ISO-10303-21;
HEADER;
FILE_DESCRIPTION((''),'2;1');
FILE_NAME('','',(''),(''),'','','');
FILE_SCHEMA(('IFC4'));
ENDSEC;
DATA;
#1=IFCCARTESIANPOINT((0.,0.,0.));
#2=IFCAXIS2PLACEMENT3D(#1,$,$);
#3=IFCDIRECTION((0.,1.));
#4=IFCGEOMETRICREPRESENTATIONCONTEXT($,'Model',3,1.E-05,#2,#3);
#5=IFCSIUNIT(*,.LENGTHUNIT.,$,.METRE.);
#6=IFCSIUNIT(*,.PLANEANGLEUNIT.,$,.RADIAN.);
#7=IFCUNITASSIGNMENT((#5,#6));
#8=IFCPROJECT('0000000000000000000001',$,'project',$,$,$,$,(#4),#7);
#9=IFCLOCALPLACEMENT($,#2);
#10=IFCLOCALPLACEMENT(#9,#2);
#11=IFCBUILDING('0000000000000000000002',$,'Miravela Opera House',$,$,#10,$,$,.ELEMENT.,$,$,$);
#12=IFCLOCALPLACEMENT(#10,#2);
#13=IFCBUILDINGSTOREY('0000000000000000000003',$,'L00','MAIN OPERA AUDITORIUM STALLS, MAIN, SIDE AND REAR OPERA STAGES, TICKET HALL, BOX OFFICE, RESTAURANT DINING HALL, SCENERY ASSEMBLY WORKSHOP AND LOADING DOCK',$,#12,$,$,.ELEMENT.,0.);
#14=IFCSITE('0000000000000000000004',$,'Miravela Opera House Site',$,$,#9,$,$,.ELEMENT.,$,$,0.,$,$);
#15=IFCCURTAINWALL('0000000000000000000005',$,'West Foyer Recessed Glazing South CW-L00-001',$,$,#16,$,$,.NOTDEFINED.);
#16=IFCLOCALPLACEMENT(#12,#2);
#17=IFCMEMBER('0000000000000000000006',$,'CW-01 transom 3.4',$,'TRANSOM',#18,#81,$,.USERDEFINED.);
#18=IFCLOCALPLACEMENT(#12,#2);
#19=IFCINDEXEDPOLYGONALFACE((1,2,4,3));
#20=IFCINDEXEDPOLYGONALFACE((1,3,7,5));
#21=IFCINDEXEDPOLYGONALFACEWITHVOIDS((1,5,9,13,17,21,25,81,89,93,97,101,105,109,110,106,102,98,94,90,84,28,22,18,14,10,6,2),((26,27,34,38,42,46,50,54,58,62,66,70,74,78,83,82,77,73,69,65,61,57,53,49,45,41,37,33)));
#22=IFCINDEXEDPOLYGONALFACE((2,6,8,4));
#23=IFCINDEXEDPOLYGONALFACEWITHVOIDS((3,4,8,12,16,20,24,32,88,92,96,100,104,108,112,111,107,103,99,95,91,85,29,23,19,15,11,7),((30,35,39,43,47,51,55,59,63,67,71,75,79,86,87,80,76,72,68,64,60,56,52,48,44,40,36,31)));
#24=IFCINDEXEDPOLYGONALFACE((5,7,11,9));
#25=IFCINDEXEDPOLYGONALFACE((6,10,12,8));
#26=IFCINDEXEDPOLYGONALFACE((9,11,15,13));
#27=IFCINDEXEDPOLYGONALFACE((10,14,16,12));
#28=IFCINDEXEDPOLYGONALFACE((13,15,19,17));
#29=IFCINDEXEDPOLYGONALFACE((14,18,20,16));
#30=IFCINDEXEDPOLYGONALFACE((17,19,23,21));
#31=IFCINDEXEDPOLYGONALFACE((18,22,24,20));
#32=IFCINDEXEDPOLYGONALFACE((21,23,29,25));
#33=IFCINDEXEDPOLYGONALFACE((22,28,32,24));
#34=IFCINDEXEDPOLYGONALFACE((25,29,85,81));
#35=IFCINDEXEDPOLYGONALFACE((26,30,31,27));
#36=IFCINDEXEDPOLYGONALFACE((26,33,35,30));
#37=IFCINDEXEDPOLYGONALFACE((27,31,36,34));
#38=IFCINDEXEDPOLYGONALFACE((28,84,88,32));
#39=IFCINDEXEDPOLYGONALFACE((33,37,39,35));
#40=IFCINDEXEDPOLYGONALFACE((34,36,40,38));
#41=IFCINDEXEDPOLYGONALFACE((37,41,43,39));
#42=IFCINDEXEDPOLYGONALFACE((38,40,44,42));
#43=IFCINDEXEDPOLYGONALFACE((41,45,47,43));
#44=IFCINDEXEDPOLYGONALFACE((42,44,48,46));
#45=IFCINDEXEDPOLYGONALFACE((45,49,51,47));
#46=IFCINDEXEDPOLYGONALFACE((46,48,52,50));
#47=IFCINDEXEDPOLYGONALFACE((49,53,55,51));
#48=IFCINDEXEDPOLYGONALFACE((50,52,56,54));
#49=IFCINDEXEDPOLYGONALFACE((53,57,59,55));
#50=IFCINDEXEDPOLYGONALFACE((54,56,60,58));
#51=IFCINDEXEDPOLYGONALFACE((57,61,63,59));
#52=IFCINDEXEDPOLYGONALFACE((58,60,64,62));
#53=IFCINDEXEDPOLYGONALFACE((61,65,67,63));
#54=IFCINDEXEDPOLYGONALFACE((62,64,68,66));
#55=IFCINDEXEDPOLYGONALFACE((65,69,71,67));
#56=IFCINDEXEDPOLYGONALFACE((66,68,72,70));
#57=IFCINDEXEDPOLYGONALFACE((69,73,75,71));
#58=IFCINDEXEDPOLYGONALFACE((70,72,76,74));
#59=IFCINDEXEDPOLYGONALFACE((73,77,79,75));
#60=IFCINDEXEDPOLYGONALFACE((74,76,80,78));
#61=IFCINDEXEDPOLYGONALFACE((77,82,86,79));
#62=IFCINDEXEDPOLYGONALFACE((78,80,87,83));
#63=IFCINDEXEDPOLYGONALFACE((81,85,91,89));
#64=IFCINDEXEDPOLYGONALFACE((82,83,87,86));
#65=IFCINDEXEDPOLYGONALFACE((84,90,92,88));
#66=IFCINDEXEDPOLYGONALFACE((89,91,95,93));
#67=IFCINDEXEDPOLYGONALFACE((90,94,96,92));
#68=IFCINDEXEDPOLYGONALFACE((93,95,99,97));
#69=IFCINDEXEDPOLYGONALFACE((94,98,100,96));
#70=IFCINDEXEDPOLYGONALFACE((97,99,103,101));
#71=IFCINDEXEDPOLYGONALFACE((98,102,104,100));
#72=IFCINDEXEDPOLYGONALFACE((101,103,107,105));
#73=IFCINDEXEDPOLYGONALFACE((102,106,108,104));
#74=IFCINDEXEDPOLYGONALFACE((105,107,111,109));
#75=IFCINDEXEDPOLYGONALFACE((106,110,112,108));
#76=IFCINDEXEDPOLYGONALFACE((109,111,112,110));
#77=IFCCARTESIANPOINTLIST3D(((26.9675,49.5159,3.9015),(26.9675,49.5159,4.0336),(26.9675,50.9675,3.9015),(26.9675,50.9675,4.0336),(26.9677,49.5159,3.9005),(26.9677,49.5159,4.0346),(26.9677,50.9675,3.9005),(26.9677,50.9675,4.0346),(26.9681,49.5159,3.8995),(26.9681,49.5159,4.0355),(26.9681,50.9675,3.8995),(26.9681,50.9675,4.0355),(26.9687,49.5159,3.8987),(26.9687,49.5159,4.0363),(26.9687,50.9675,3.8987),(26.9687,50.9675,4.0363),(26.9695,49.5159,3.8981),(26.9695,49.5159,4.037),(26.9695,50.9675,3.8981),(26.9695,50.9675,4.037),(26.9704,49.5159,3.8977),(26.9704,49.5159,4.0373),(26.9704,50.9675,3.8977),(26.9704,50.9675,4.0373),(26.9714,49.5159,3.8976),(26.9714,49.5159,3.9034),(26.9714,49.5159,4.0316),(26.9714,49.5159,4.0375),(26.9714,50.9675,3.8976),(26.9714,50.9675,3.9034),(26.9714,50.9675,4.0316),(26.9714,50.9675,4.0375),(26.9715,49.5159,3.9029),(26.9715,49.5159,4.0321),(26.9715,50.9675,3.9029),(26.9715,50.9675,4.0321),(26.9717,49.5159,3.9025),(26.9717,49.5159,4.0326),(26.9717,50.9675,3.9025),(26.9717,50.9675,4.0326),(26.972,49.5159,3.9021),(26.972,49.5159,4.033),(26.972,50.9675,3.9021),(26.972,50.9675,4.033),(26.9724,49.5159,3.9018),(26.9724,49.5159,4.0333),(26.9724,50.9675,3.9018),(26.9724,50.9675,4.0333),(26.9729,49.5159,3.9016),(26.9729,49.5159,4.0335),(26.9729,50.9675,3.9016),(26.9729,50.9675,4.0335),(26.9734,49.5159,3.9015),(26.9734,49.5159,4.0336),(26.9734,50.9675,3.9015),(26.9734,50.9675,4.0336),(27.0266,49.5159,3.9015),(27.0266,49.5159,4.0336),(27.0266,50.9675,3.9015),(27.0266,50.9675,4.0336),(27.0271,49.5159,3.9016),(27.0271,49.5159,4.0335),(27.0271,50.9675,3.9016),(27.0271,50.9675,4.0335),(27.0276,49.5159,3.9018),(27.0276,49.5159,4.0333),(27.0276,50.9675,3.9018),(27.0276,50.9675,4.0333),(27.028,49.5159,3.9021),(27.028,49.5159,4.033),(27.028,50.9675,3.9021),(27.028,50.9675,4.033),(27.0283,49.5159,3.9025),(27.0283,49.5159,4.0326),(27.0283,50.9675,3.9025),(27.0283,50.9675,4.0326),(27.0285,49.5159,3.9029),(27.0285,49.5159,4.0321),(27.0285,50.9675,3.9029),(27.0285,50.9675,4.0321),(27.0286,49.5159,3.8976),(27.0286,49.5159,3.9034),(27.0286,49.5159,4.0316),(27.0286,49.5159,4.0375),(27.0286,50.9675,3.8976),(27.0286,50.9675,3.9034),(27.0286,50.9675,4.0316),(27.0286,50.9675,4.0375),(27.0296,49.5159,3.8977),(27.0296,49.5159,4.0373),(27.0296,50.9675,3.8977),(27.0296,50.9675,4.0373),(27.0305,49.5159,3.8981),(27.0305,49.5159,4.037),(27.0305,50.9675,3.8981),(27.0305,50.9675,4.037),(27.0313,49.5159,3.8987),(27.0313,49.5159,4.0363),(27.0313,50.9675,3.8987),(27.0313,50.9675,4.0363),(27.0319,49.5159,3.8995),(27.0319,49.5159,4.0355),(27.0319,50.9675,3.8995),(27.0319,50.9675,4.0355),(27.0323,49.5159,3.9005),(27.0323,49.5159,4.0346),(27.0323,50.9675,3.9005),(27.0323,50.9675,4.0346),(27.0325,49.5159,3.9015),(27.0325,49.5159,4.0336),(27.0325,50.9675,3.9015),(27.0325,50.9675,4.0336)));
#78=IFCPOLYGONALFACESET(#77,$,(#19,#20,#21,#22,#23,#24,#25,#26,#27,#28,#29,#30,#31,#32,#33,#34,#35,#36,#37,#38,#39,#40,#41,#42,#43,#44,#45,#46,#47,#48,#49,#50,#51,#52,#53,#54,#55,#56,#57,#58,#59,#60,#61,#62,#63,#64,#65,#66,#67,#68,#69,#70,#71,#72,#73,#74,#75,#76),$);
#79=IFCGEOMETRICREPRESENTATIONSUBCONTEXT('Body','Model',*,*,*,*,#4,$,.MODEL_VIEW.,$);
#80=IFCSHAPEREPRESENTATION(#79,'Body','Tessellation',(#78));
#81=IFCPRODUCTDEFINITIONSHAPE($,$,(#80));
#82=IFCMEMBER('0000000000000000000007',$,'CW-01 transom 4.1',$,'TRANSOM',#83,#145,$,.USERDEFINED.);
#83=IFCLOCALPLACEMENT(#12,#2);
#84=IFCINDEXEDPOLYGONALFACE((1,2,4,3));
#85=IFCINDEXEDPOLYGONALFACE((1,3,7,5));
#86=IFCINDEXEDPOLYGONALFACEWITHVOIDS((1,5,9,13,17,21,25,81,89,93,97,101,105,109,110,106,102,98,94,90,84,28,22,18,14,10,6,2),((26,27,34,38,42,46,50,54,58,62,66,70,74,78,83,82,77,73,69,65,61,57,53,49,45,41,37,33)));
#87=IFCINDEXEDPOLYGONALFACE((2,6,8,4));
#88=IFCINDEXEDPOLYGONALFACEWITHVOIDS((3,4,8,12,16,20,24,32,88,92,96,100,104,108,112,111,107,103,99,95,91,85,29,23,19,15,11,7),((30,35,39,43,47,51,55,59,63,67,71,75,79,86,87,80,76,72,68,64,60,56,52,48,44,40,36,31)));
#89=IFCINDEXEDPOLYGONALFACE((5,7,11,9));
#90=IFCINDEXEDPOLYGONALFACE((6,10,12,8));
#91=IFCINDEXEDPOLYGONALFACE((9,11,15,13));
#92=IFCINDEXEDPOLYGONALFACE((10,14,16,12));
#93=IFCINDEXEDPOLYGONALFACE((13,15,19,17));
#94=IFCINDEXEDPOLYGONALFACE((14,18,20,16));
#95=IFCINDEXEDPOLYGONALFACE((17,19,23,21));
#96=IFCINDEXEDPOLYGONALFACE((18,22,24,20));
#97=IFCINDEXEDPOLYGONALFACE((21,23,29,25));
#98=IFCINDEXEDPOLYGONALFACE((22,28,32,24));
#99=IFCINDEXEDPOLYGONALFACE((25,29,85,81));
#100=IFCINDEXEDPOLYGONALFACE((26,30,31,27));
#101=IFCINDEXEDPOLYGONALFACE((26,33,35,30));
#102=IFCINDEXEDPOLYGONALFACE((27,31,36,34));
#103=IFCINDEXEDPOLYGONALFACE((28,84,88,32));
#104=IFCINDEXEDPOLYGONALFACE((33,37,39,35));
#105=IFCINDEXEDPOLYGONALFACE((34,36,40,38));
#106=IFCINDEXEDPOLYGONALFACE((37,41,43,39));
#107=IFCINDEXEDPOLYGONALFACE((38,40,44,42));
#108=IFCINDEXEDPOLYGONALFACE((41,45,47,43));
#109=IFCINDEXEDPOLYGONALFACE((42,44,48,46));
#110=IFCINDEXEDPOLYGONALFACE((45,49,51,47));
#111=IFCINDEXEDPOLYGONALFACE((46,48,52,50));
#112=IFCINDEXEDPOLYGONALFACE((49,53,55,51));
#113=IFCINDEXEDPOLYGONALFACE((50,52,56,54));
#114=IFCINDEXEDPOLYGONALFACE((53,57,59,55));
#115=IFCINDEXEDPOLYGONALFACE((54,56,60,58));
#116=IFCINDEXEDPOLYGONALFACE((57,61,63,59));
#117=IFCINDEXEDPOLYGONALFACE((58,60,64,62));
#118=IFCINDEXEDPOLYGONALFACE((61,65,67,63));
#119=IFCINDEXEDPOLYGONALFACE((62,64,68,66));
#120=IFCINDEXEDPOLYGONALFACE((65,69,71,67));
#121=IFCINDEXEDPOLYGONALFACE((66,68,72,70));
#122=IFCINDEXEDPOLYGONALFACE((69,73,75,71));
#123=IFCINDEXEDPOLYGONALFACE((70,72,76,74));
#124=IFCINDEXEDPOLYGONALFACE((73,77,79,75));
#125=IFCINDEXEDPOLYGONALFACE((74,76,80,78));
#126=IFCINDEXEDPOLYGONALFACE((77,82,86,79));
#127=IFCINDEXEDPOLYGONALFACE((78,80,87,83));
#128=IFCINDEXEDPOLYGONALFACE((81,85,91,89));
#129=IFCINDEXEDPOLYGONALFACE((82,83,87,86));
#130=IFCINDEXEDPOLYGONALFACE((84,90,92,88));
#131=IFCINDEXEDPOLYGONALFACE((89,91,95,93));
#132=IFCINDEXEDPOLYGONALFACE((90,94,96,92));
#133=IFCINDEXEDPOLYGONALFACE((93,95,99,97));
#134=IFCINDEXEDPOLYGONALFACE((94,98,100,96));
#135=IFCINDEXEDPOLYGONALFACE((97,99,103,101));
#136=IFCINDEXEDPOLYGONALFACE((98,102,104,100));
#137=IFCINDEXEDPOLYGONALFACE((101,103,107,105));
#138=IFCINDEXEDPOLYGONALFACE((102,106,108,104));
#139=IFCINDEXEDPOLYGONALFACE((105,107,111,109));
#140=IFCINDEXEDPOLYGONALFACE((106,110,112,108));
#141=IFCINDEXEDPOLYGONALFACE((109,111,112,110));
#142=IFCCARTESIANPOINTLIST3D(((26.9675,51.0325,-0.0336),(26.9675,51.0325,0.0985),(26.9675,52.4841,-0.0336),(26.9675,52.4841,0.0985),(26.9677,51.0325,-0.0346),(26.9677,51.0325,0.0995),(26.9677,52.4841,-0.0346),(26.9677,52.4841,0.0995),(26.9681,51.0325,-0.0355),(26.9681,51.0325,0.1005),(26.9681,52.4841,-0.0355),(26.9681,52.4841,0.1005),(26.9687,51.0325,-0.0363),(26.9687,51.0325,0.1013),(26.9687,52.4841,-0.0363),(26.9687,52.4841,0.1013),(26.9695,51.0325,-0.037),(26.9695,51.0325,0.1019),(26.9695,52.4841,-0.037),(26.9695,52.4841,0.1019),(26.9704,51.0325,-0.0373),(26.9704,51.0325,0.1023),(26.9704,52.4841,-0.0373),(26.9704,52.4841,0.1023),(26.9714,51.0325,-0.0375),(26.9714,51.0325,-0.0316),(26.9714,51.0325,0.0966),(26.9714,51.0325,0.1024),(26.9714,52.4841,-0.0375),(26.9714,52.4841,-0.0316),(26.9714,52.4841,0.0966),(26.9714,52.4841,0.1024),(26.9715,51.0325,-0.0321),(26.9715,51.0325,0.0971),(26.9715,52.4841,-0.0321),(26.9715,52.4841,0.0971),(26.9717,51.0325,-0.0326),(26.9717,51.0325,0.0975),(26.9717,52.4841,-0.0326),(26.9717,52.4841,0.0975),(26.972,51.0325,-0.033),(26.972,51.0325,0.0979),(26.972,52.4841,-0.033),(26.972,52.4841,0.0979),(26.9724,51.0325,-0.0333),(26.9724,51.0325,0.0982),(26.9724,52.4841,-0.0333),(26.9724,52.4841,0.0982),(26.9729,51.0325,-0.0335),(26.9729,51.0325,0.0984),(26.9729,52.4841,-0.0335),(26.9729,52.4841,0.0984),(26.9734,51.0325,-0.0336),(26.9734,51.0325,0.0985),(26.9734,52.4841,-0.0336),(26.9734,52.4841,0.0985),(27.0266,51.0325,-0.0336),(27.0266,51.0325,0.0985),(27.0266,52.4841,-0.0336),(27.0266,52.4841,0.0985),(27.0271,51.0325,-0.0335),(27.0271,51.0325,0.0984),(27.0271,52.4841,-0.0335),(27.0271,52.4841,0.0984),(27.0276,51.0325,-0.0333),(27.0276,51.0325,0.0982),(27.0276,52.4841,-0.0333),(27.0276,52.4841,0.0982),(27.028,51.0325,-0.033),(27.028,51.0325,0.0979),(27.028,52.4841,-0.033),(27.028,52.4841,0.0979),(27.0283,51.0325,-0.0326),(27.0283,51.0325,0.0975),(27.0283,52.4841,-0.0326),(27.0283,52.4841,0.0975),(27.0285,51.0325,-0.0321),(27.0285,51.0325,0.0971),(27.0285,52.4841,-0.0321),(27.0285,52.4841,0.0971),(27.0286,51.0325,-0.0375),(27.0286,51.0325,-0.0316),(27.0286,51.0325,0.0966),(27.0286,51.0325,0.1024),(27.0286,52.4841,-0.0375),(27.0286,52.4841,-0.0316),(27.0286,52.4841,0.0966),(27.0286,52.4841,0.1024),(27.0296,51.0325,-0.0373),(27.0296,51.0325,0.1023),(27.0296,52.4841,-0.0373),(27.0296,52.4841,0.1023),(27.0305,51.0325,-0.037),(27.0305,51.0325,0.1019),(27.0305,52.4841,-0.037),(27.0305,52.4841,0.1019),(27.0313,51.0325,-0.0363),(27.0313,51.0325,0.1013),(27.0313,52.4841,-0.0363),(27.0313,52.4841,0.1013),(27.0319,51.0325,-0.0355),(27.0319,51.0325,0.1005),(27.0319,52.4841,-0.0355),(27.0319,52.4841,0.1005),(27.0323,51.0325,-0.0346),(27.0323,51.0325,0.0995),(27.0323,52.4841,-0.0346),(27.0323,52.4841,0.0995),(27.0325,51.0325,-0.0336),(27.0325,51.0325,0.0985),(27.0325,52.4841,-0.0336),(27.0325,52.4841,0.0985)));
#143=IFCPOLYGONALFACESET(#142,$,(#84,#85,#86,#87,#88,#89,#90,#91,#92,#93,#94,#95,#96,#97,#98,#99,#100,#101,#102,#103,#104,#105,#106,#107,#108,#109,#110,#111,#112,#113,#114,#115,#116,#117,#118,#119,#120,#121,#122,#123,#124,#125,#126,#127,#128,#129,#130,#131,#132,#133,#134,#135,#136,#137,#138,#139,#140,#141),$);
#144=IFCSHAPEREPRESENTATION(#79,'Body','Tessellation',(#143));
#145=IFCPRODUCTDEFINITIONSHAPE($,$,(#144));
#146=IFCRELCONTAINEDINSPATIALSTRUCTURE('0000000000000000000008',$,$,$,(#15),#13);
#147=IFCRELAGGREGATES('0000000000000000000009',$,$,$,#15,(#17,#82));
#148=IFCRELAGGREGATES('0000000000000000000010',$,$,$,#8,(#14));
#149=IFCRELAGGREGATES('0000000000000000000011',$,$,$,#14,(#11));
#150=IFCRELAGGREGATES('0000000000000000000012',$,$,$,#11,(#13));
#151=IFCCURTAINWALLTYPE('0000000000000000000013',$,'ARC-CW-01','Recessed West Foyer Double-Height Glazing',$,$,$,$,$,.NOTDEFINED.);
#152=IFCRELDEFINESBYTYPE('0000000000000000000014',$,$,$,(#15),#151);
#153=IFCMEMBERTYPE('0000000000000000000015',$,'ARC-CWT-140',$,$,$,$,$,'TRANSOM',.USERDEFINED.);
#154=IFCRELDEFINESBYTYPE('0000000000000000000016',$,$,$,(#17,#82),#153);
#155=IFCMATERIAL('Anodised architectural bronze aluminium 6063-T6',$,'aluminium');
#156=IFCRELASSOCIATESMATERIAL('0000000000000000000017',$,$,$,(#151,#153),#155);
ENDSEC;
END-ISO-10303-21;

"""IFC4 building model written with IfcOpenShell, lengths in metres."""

from ifc_helpers import new_model, si_unit, direction, frame, origin, origin_2d, place, context, subcontext, project, spatial, hollow_rectangle, extrude, material, material_profile, profile_set, type_object, element, aggregate, save


model = new_model("IFC4")

# Units and contexts
model_context = context("Model", 3, precision=1e-05, world=origin(), true_north=direction((0.0, 1.0)))
body_context = subcontext(model_context, "Body", "Model", "MODEL_VIEW")
ifc_project = project(units=[si_unit("LENGTHUNIT", "METRE"), si_unit("PLANEANGLEUNIT", "RADIAN")], contexts=[model_context])

# Site, building, storey
site_placement = place(None, origin())
site = spatial("IfcSite", under=ifc_project, at=site_placement, Name="Miravela Opera House Site", CompositionType="ELEMENT", RefElevation=0.0)
building_placement = place(site_placement, origin())
building = spatial("IfcBuilding", under=site, at=building_placement, Name="Miravela Opera House", CompositionType="ELEMENT")
storey_placement = place(building_placement, origin())
storey = spatial("IfcBuildingStorey", under=building, at=storey_placement, Name="L00", Description="MAIN OPERA AUDITORIUM STALLS, MAIN, SIDE AND REAR OPERA STAGES, TICKET HALL, BOX OFFICE, RESTAURANT DINING HALL, SCENERY ASSEMBLY WORKSHOP AND LOADING DOCK", CompositionType="ELEMENT", Elevation=0.0)

# Curtain wall, members
ifc_material_1 = material(Name="Anodised architectural bronze aluminium 6063-T6", Category="aluminium")
curtain_wall_type = type_object("IfcCurtainWallType", Name="ARC-CW-01", Description="Recessed West Foyer Double-Height Glazing", PredefinedType="NOTDEFINED", material=ifc_material_1)
curtain_wall_placement = place(storey_placement, origin())
curtain_wall = element("IfcCurtainWall", 1, at=curtain_wall_placement, inside=storey, type_object=curtain_wall_type, Name="West Foyer Recessed Glazing South CW-L00-001", PredefinedType="NOTDEFINED")
ifc_material_profile_1 = material_profile(ifc_material_1, hollow_rectangle(XDim=0.0649, YDim=0.1399, WallThickness=0.0039, InnerFilletRadius=0.002, OuterFilletRadius=0.0039, at=origin_2d()), Name="CWT-65X140")
ifc_profile_set_1 = profile_set([ifc_material_profile_1])
member_type_1 = type_object("IfcMemberType", Name="ARC-CWT-140", ElementType="TRANSOM", PredefinedType="USERDEFINED", material=ifc_profile_set_1)
member_1_placement = place(storey_placement, frame((27.0, 49.5159, 3.9675), z_axis=(0.0, 1.0, 0.0), x_axis=(-1.0, 0.0, 0.0)))
member_1 = element("IfcMember", 2, at=member_1_placement, type_object=member_type_1, Name="CW-01 transom 3.4", ObjectType="TRANSOM", PredefinedType="USERDEFINED", context=body_context, shape_type="SweptSolid", body=[
    extrude(hollow_rectangle(XDim=0.0649, YDim=0.1399, WallThickness=0.0039, InnerFilletRadius=0.002, OuterFilletRadius=0.0039, at=origin_2d()), origin(), (0.0, 0.0, 1.0), 1.4517),
])
member_2_placement = place(storey_placement, frame((27.0, 51.0325, 0.0325), z_axis=(0.0, 1.0, 0.0), x_axis=(-1.0, 0.0, 0.0)))
member_2 = element("IfcMember", 3, at=member_2_placement, type_object=member_type_1, Name="CW-01 transom 4.1", ObjectType="TRANSOM", PredefinedType="USERDEFINED", context=body_context, shape_type="SweptSolid", body=[
    extrude(hollow_rectangle(XDim=0.0649, YDim=0.1399, WallThickness=0.0039, InnerFilletRadius=0.002, OuterFilletRadius=0.0039, at=origin_2d()), origin(), (0.0, 0.0, 1.0), 1.4517),
])

aggregate(curtain_wall, [member_1, member_2])

save(model, "model.ifc")
